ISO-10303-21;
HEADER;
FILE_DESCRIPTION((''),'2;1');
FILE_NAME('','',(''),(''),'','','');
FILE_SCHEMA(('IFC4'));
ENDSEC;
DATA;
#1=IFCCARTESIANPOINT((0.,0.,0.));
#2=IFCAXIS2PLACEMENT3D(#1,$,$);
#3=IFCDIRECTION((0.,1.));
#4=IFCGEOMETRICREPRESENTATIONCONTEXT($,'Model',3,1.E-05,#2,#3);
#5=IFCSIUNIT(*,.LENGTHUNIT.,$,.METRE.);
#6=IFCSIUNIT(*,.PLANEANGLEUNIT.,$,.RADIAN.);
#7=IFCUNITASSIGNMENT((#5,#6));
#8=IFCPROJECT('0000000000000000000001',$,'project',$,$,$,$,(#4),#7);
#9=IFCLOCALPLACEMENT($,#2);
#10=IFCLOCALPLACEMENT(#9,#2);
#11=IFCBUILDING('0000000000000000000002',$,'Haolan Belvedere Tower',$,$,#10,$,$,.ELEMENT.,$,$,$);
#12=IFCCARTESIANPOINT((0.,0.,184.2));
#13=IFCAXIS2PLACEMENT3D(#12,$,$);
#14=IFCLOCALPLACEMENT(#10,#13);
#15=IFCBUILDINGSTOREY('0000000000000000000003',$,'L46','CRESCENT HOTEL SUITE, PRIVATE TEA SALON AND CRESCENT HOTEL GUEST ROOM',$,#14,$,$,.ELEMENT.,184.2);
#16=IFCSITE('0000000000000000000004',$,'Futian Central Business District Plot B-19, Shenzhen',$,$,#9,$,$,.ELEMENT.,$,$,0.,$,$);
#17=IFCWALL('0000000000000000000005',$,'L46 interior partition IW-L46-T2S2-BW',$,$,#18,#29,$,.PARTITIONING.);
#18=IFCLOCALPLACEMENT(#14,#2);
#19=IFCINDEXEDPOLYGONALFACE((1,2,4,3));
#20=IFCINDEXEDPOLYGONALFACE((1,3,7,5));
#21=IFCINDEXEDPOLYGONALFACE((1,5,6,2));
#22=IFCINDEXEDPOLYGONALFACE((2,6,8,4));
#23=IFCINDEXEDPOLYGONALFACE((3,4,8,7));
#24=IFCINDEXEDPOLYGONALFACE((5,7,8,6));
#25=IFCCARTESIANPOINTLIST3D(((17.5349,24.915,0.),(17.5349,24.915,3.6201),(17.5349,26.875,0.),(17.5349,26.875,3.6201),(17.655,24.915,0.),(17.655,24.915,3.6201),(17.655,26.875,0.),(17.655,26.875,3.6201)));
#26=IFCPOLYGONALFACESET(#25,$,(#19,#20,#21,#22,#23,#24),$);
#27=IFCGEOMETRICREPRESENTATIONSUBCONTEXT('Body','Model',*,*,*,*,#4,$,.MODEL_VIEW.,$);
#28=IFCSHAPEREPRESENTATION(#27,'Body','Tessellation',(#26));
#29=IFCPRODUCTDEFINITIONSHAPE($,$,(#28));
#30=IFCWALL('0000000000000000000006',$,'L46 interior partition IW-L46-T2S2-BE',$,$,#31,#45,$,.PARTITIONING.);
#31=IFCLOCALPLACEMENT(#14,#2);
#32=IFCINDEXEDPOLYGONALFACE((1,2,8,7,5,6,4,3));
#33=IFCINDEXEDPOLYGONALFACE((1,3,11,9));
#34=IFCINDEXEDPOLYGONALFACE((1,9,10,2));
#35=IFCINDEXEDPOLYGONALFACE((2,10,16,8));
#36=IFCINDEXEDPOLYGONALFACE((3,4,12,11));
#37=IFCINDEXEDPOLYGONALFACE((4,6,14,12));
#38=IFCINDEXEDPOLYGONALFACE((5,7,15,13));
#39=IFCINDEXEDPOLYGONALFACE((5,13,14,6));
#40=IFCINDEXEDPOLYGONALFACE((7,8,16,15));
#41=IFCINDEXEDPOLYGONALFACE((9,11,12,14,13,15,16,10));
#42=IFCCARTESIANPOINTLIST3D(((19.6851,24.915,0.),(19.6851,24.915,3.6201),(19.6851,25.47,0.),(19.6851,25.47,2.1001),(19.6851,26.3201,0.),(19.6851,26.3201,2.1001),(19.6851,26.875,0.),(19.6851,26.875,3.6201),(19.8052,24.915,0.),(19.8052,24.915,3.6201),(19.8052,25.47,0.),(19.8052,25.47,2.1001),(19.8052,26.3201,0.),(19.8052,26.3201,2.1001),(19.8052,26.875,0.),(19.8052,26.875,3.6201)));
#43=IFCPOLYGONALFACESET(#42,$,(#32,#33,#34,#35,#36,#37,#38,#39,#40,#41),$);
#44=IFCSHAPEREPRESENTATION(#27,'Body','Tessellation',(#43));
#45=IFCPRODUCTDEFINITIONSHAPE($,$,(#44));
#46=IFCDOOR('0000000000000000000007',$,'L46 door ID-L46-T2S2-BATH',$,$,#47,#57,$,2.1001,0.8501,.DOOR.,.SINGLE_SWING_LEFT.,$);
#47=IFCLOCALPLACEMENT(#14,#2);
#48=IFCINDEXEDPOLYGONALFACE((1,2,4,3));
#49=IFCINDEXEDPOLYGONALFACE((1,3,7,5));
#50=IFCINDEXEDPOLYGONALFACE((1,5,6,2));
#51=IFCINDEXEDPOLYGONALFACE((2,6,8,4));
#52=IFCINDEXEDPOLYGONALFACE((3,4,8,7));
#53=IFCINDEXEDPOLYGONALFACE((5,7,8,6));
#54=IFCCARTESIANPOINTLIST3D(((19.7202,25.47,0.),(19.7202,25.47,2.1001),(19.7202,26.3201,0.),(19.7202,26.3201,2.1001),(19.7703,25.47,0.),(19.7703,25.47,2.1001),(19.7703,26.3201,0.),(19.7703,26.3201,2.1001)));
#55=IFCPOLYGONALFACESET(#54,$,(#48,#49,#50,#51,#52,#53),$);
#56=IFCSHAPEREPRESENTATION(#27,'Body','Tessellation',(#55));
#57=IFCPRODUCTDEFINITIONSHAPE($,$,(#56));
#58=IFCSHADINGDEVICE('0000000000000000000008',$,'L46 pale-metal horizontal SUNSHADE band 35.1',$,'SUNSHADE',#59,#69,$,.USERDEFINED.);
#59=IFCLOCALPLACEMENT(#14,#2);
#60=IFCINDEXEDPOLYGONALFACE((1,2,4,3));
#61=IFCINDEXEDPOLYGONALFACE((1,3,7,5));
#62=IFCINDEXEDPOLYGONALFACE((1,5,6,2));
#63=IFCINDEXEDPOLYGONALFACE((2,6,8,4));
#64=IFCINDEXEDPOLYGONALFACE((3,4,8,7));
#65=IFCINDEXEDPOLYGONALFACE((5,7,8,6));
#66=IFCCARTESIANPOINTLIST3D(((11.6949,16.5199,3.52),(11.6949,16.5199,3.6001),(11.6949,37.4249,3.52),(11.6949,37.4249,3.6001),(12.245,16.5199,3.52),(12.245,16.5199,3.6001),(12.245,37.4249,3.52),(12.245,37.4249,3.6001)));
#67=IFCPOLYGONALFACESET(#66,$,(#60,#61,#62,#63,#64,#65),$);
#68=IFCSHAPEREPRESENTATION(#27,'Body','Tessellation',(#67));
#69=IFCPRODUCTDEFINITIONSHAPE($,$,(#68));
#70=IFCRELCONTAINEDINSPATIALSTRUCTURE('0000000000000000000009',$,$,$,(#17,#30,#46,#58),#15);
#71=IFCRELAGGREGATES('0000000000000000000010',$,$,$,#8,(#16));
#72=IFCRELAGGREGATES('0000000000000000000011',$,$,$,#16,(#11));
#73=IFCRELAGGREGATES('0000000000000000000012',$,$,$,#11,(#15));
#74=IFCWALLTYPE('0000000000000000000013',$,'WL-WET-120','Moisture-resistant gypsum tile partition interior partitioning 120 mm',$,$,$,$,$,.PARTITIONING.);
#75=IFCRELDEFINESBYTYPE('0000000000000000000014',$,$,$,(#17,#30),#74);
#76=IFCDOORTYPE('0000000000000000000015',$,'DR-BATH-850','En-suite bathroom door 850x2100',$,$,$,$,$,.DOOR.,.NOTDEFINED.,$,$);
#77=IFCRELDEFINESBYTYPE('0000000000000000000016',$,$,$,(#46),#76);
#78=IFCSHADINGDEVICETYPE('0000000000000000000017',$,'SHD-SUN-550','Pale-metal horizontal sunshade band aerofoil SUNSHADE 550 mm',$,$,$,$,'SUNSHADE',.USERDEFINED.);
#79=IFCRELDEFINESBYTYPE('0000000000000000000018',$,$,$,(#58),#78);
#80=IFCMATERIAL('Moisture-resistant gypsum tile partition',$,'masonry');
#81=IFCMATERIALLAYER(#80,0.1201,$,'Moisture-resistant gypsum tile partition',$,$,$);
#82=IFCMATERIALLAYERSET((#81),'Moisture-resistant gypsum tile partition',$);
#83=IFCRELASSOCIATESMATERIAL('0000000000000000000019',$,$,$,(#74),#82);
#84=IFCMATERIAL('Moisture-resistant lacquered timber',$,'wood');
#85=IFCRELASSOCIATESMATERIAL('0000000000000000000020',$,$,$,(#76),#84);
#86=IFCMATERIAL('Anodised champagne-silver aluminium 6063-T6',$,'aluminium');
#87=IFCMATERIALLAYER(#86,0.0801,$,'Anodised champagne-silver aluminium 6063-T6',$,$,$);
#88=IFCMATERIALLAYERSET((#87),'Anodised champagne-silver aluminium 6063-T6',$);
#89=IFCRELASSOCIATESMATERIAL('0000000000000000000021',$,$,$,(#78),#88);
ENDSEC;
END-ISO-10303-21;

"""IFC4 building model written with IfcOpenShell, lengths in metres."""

from ifc_helpers import new_model, si_unit, direction, frame, frame_2d, origin, origin_2d, place, context, subcontext, project, spatial, rectangle, extrude, material, layer, layer_set, type_object, element, fill, save


model = new_model("IFC4")

# Units and contexts
model_context = context("Model", 3, precision=1e-05, world=origin(), true_north=direction((0.0, 1.0)))
body_context = subcontext(model_context, "Body", "Model", "MODEL_VIEW")
ifc_project = project(units=[si_unit("LENGTHUNIT", "METRE"), si_unit("PLANEANGLEUNIT", "RADIAN")], contexts=[model_context])

# Site, building, storey
site_placement = place(None, origin())
site = spatial("IfcSite", under=ifc_project, at=site_placement, Name="Futian Central Business District Plot B-19, Shenzhen", CompositionType="ELEMENT", RefElevation=0.0)
building_placement = place(site_placement, origin())
building = spatial("IfcBuilding", under=site, at=building_placement, Name="Haolan Belvedere Tower", CompositionType="ELEMENT")
storey_placement = place(building_placement, frame((0.0, 0.0, 184.2)))
storey = spatial("IfcBuildingStorey", under=building, at=storey_placement, Name="L46", Description="CRESCENT HOTEL SUITE, PRIVATE TEA SALON AND CRESCENT HOTEL GUEST ROOM", CompositionType="ELEMENT", Elevation=184.2)

# Shared definitions
ifc_material_1 = material(Name="Moisture-resistant gypsum tile partition", Category="masonry")
ifc_layer_1 = layer(ifc_material_1, 0.1201, Name="Moisture-resistant gypsum tile partition")
ifc_layer_set_1 = layer_set([ifc_layer_1], Name="Moisture-resistant gypsum tile partition")
wall_type_1 = type_object("IfcWallType", Name="WL-WET-120", Description="Moisture-resistant gypsum tile partition interior partitioning 120 mm", PredefinedType="PARTITIONING", material=ifc_layer_set_1)

# Shared definitions
ifc_material_2 = material(Name="Moisture-resistant lacquered timber", Category="wood")
door_type_1 = type_object("IfcDoorType", Name="DR-BATH-850", Description="En-suite bathroom door 850x2100", OperationType="NOTDEFINED", PredefinedType="DOOR", material=ifc_material_2)

# Wall
wall_1_placement = place(storey_placement, frame((17.595, 24.915, 0.0), z_axis=(0.0, 0.0, 1.0), x_axis=(0.0, 1.0, 0.0)))
element("IfcWall", 1, at=wall_1_placement, inside=storey, type_object=wall_type_1, Name="L46 interior partition IW-L46-T2S2-BW", PredefinedType="PARTITIONING", context=body_context, shape_type="SweptSolid", body=[
    extrude(rectangle(XDim=1.96, YDim=0.1201, at=frame_2d((0.98, 0.0))), origin(), (0.0, 0.0, 1.0), 3.6201),
])

# Wall, opening, door
wall_2_placement = place(storey_placement, frame((19.7451, 24.915, 0.0), z_axis=(0.0, 0.0, 1.0), x_axis=(0.0, 1.0, 0.0)))
wall_2 = element("IfcWall", 2, at=wall_2_placement, inside=storey, type_object=wall_type_1, Name="L46 interior partition IW-L46-T2S2-BE", PredefinedType="PARTITIONING", context=body_context, shape_type="SweptSolid", body=[
    extrude(rectangle(XDim=1.96, YDim=0.1201, at=frame_2d((0.98, 0.0))), origin(), (0.0, 0.0, 1.0), 3.6201),
])
opening_1_placement = place(wall_2_placement, frame((0.5549, 0.0, 0.0)))
opening_1 = element("IfcOpeningElement", 3, at=opening_1_placement, cuts=wall_2, PredefinedType="OPENING", context=body_context, shape_type="SweptSolid", body=[
    extrude(rectangle(XDim=0.8501, YDim=2.1001, at=frame_2d((0.425, 1.05))), frame((0.0, 0.0701, 0.0), z_axis=(0.0, -1.0, 0.0), x_axis=(1.0, 0.0, 0.0)), (0.0, 0.0, 1.0), 0.1401),
])
door_1_placement = place(opening_1_placement, origin())
door_1 = element("IfcDoor", 4, at=door_1_placement, inside=storey, type_object=door_type_1, Name="L46 door ID-L46-T2S2-BATH", OperationType="SINGLE_SWING_LEFT", OverallHeight=2.1001, OverallWidth=0.8501, PredefinedType="DOOR", context=body_context, shape_type="SweptSolid", body=[
    extrude(rectangle(XDim=0.8501, YDim=2.1001, at=frame_2d((0.425, 1.05))), frame((0.0, 0.0249, 0.0), z_axis=(0.0, -1.0, 0.0), x_axis=(1.0, 0.0, 0.0)), (0.0, 0.0, 1.0), 0.05),
])
fill(opening_1, door_1)

# Shading device
ifc_material_3 = material(Name="Anodised champagne-silver aluminium 6063-T6", Category="aluminium")
ifc_layer_2 = layer(ifc_material_3, 0.0801, Name="Anodised champagne-silver aluminium 6063-T6")
ifc_layer_set_2 = layer_set([ifc_layer_2], Name="Anodised champagne-silver aluminium 6063-T6")
shading_device_type = type_object("IfcShadingDeviceType", Name="SHD-SUN-550", Description="Pale-metal horizontal sunshade band aerofoil SUNSHADE 550 mm", ElementType="SUNSHADE", PredefinedType="USERDEFINED", material=ifc_layer_set_2)
shading_device_placement = place(storey_placement, frame((11.97, 26.9724, 3.52), z_axis=(0.0, 0.0, 1.0), x_axis=(0.0, -1.0, 0.0)))
element("IfcShadingDevice", 5, at=shading_device_placement, inside=storey, type_object=shading_device_type, Name="L46 pale-metal horizontal SUNSHADE band 35.1", ObjectType="SUNSHADE", PredefinedType="USERDEFINED", context=body_context, shape_type="SweptSolid", body=[
    extrude(rectangle(XDim=20.905, YDim=0.55, at=origin_2d()), origin(), (0.0, 0.0, 1.0), 0.0801),
])

save(model, "model.ifc")
